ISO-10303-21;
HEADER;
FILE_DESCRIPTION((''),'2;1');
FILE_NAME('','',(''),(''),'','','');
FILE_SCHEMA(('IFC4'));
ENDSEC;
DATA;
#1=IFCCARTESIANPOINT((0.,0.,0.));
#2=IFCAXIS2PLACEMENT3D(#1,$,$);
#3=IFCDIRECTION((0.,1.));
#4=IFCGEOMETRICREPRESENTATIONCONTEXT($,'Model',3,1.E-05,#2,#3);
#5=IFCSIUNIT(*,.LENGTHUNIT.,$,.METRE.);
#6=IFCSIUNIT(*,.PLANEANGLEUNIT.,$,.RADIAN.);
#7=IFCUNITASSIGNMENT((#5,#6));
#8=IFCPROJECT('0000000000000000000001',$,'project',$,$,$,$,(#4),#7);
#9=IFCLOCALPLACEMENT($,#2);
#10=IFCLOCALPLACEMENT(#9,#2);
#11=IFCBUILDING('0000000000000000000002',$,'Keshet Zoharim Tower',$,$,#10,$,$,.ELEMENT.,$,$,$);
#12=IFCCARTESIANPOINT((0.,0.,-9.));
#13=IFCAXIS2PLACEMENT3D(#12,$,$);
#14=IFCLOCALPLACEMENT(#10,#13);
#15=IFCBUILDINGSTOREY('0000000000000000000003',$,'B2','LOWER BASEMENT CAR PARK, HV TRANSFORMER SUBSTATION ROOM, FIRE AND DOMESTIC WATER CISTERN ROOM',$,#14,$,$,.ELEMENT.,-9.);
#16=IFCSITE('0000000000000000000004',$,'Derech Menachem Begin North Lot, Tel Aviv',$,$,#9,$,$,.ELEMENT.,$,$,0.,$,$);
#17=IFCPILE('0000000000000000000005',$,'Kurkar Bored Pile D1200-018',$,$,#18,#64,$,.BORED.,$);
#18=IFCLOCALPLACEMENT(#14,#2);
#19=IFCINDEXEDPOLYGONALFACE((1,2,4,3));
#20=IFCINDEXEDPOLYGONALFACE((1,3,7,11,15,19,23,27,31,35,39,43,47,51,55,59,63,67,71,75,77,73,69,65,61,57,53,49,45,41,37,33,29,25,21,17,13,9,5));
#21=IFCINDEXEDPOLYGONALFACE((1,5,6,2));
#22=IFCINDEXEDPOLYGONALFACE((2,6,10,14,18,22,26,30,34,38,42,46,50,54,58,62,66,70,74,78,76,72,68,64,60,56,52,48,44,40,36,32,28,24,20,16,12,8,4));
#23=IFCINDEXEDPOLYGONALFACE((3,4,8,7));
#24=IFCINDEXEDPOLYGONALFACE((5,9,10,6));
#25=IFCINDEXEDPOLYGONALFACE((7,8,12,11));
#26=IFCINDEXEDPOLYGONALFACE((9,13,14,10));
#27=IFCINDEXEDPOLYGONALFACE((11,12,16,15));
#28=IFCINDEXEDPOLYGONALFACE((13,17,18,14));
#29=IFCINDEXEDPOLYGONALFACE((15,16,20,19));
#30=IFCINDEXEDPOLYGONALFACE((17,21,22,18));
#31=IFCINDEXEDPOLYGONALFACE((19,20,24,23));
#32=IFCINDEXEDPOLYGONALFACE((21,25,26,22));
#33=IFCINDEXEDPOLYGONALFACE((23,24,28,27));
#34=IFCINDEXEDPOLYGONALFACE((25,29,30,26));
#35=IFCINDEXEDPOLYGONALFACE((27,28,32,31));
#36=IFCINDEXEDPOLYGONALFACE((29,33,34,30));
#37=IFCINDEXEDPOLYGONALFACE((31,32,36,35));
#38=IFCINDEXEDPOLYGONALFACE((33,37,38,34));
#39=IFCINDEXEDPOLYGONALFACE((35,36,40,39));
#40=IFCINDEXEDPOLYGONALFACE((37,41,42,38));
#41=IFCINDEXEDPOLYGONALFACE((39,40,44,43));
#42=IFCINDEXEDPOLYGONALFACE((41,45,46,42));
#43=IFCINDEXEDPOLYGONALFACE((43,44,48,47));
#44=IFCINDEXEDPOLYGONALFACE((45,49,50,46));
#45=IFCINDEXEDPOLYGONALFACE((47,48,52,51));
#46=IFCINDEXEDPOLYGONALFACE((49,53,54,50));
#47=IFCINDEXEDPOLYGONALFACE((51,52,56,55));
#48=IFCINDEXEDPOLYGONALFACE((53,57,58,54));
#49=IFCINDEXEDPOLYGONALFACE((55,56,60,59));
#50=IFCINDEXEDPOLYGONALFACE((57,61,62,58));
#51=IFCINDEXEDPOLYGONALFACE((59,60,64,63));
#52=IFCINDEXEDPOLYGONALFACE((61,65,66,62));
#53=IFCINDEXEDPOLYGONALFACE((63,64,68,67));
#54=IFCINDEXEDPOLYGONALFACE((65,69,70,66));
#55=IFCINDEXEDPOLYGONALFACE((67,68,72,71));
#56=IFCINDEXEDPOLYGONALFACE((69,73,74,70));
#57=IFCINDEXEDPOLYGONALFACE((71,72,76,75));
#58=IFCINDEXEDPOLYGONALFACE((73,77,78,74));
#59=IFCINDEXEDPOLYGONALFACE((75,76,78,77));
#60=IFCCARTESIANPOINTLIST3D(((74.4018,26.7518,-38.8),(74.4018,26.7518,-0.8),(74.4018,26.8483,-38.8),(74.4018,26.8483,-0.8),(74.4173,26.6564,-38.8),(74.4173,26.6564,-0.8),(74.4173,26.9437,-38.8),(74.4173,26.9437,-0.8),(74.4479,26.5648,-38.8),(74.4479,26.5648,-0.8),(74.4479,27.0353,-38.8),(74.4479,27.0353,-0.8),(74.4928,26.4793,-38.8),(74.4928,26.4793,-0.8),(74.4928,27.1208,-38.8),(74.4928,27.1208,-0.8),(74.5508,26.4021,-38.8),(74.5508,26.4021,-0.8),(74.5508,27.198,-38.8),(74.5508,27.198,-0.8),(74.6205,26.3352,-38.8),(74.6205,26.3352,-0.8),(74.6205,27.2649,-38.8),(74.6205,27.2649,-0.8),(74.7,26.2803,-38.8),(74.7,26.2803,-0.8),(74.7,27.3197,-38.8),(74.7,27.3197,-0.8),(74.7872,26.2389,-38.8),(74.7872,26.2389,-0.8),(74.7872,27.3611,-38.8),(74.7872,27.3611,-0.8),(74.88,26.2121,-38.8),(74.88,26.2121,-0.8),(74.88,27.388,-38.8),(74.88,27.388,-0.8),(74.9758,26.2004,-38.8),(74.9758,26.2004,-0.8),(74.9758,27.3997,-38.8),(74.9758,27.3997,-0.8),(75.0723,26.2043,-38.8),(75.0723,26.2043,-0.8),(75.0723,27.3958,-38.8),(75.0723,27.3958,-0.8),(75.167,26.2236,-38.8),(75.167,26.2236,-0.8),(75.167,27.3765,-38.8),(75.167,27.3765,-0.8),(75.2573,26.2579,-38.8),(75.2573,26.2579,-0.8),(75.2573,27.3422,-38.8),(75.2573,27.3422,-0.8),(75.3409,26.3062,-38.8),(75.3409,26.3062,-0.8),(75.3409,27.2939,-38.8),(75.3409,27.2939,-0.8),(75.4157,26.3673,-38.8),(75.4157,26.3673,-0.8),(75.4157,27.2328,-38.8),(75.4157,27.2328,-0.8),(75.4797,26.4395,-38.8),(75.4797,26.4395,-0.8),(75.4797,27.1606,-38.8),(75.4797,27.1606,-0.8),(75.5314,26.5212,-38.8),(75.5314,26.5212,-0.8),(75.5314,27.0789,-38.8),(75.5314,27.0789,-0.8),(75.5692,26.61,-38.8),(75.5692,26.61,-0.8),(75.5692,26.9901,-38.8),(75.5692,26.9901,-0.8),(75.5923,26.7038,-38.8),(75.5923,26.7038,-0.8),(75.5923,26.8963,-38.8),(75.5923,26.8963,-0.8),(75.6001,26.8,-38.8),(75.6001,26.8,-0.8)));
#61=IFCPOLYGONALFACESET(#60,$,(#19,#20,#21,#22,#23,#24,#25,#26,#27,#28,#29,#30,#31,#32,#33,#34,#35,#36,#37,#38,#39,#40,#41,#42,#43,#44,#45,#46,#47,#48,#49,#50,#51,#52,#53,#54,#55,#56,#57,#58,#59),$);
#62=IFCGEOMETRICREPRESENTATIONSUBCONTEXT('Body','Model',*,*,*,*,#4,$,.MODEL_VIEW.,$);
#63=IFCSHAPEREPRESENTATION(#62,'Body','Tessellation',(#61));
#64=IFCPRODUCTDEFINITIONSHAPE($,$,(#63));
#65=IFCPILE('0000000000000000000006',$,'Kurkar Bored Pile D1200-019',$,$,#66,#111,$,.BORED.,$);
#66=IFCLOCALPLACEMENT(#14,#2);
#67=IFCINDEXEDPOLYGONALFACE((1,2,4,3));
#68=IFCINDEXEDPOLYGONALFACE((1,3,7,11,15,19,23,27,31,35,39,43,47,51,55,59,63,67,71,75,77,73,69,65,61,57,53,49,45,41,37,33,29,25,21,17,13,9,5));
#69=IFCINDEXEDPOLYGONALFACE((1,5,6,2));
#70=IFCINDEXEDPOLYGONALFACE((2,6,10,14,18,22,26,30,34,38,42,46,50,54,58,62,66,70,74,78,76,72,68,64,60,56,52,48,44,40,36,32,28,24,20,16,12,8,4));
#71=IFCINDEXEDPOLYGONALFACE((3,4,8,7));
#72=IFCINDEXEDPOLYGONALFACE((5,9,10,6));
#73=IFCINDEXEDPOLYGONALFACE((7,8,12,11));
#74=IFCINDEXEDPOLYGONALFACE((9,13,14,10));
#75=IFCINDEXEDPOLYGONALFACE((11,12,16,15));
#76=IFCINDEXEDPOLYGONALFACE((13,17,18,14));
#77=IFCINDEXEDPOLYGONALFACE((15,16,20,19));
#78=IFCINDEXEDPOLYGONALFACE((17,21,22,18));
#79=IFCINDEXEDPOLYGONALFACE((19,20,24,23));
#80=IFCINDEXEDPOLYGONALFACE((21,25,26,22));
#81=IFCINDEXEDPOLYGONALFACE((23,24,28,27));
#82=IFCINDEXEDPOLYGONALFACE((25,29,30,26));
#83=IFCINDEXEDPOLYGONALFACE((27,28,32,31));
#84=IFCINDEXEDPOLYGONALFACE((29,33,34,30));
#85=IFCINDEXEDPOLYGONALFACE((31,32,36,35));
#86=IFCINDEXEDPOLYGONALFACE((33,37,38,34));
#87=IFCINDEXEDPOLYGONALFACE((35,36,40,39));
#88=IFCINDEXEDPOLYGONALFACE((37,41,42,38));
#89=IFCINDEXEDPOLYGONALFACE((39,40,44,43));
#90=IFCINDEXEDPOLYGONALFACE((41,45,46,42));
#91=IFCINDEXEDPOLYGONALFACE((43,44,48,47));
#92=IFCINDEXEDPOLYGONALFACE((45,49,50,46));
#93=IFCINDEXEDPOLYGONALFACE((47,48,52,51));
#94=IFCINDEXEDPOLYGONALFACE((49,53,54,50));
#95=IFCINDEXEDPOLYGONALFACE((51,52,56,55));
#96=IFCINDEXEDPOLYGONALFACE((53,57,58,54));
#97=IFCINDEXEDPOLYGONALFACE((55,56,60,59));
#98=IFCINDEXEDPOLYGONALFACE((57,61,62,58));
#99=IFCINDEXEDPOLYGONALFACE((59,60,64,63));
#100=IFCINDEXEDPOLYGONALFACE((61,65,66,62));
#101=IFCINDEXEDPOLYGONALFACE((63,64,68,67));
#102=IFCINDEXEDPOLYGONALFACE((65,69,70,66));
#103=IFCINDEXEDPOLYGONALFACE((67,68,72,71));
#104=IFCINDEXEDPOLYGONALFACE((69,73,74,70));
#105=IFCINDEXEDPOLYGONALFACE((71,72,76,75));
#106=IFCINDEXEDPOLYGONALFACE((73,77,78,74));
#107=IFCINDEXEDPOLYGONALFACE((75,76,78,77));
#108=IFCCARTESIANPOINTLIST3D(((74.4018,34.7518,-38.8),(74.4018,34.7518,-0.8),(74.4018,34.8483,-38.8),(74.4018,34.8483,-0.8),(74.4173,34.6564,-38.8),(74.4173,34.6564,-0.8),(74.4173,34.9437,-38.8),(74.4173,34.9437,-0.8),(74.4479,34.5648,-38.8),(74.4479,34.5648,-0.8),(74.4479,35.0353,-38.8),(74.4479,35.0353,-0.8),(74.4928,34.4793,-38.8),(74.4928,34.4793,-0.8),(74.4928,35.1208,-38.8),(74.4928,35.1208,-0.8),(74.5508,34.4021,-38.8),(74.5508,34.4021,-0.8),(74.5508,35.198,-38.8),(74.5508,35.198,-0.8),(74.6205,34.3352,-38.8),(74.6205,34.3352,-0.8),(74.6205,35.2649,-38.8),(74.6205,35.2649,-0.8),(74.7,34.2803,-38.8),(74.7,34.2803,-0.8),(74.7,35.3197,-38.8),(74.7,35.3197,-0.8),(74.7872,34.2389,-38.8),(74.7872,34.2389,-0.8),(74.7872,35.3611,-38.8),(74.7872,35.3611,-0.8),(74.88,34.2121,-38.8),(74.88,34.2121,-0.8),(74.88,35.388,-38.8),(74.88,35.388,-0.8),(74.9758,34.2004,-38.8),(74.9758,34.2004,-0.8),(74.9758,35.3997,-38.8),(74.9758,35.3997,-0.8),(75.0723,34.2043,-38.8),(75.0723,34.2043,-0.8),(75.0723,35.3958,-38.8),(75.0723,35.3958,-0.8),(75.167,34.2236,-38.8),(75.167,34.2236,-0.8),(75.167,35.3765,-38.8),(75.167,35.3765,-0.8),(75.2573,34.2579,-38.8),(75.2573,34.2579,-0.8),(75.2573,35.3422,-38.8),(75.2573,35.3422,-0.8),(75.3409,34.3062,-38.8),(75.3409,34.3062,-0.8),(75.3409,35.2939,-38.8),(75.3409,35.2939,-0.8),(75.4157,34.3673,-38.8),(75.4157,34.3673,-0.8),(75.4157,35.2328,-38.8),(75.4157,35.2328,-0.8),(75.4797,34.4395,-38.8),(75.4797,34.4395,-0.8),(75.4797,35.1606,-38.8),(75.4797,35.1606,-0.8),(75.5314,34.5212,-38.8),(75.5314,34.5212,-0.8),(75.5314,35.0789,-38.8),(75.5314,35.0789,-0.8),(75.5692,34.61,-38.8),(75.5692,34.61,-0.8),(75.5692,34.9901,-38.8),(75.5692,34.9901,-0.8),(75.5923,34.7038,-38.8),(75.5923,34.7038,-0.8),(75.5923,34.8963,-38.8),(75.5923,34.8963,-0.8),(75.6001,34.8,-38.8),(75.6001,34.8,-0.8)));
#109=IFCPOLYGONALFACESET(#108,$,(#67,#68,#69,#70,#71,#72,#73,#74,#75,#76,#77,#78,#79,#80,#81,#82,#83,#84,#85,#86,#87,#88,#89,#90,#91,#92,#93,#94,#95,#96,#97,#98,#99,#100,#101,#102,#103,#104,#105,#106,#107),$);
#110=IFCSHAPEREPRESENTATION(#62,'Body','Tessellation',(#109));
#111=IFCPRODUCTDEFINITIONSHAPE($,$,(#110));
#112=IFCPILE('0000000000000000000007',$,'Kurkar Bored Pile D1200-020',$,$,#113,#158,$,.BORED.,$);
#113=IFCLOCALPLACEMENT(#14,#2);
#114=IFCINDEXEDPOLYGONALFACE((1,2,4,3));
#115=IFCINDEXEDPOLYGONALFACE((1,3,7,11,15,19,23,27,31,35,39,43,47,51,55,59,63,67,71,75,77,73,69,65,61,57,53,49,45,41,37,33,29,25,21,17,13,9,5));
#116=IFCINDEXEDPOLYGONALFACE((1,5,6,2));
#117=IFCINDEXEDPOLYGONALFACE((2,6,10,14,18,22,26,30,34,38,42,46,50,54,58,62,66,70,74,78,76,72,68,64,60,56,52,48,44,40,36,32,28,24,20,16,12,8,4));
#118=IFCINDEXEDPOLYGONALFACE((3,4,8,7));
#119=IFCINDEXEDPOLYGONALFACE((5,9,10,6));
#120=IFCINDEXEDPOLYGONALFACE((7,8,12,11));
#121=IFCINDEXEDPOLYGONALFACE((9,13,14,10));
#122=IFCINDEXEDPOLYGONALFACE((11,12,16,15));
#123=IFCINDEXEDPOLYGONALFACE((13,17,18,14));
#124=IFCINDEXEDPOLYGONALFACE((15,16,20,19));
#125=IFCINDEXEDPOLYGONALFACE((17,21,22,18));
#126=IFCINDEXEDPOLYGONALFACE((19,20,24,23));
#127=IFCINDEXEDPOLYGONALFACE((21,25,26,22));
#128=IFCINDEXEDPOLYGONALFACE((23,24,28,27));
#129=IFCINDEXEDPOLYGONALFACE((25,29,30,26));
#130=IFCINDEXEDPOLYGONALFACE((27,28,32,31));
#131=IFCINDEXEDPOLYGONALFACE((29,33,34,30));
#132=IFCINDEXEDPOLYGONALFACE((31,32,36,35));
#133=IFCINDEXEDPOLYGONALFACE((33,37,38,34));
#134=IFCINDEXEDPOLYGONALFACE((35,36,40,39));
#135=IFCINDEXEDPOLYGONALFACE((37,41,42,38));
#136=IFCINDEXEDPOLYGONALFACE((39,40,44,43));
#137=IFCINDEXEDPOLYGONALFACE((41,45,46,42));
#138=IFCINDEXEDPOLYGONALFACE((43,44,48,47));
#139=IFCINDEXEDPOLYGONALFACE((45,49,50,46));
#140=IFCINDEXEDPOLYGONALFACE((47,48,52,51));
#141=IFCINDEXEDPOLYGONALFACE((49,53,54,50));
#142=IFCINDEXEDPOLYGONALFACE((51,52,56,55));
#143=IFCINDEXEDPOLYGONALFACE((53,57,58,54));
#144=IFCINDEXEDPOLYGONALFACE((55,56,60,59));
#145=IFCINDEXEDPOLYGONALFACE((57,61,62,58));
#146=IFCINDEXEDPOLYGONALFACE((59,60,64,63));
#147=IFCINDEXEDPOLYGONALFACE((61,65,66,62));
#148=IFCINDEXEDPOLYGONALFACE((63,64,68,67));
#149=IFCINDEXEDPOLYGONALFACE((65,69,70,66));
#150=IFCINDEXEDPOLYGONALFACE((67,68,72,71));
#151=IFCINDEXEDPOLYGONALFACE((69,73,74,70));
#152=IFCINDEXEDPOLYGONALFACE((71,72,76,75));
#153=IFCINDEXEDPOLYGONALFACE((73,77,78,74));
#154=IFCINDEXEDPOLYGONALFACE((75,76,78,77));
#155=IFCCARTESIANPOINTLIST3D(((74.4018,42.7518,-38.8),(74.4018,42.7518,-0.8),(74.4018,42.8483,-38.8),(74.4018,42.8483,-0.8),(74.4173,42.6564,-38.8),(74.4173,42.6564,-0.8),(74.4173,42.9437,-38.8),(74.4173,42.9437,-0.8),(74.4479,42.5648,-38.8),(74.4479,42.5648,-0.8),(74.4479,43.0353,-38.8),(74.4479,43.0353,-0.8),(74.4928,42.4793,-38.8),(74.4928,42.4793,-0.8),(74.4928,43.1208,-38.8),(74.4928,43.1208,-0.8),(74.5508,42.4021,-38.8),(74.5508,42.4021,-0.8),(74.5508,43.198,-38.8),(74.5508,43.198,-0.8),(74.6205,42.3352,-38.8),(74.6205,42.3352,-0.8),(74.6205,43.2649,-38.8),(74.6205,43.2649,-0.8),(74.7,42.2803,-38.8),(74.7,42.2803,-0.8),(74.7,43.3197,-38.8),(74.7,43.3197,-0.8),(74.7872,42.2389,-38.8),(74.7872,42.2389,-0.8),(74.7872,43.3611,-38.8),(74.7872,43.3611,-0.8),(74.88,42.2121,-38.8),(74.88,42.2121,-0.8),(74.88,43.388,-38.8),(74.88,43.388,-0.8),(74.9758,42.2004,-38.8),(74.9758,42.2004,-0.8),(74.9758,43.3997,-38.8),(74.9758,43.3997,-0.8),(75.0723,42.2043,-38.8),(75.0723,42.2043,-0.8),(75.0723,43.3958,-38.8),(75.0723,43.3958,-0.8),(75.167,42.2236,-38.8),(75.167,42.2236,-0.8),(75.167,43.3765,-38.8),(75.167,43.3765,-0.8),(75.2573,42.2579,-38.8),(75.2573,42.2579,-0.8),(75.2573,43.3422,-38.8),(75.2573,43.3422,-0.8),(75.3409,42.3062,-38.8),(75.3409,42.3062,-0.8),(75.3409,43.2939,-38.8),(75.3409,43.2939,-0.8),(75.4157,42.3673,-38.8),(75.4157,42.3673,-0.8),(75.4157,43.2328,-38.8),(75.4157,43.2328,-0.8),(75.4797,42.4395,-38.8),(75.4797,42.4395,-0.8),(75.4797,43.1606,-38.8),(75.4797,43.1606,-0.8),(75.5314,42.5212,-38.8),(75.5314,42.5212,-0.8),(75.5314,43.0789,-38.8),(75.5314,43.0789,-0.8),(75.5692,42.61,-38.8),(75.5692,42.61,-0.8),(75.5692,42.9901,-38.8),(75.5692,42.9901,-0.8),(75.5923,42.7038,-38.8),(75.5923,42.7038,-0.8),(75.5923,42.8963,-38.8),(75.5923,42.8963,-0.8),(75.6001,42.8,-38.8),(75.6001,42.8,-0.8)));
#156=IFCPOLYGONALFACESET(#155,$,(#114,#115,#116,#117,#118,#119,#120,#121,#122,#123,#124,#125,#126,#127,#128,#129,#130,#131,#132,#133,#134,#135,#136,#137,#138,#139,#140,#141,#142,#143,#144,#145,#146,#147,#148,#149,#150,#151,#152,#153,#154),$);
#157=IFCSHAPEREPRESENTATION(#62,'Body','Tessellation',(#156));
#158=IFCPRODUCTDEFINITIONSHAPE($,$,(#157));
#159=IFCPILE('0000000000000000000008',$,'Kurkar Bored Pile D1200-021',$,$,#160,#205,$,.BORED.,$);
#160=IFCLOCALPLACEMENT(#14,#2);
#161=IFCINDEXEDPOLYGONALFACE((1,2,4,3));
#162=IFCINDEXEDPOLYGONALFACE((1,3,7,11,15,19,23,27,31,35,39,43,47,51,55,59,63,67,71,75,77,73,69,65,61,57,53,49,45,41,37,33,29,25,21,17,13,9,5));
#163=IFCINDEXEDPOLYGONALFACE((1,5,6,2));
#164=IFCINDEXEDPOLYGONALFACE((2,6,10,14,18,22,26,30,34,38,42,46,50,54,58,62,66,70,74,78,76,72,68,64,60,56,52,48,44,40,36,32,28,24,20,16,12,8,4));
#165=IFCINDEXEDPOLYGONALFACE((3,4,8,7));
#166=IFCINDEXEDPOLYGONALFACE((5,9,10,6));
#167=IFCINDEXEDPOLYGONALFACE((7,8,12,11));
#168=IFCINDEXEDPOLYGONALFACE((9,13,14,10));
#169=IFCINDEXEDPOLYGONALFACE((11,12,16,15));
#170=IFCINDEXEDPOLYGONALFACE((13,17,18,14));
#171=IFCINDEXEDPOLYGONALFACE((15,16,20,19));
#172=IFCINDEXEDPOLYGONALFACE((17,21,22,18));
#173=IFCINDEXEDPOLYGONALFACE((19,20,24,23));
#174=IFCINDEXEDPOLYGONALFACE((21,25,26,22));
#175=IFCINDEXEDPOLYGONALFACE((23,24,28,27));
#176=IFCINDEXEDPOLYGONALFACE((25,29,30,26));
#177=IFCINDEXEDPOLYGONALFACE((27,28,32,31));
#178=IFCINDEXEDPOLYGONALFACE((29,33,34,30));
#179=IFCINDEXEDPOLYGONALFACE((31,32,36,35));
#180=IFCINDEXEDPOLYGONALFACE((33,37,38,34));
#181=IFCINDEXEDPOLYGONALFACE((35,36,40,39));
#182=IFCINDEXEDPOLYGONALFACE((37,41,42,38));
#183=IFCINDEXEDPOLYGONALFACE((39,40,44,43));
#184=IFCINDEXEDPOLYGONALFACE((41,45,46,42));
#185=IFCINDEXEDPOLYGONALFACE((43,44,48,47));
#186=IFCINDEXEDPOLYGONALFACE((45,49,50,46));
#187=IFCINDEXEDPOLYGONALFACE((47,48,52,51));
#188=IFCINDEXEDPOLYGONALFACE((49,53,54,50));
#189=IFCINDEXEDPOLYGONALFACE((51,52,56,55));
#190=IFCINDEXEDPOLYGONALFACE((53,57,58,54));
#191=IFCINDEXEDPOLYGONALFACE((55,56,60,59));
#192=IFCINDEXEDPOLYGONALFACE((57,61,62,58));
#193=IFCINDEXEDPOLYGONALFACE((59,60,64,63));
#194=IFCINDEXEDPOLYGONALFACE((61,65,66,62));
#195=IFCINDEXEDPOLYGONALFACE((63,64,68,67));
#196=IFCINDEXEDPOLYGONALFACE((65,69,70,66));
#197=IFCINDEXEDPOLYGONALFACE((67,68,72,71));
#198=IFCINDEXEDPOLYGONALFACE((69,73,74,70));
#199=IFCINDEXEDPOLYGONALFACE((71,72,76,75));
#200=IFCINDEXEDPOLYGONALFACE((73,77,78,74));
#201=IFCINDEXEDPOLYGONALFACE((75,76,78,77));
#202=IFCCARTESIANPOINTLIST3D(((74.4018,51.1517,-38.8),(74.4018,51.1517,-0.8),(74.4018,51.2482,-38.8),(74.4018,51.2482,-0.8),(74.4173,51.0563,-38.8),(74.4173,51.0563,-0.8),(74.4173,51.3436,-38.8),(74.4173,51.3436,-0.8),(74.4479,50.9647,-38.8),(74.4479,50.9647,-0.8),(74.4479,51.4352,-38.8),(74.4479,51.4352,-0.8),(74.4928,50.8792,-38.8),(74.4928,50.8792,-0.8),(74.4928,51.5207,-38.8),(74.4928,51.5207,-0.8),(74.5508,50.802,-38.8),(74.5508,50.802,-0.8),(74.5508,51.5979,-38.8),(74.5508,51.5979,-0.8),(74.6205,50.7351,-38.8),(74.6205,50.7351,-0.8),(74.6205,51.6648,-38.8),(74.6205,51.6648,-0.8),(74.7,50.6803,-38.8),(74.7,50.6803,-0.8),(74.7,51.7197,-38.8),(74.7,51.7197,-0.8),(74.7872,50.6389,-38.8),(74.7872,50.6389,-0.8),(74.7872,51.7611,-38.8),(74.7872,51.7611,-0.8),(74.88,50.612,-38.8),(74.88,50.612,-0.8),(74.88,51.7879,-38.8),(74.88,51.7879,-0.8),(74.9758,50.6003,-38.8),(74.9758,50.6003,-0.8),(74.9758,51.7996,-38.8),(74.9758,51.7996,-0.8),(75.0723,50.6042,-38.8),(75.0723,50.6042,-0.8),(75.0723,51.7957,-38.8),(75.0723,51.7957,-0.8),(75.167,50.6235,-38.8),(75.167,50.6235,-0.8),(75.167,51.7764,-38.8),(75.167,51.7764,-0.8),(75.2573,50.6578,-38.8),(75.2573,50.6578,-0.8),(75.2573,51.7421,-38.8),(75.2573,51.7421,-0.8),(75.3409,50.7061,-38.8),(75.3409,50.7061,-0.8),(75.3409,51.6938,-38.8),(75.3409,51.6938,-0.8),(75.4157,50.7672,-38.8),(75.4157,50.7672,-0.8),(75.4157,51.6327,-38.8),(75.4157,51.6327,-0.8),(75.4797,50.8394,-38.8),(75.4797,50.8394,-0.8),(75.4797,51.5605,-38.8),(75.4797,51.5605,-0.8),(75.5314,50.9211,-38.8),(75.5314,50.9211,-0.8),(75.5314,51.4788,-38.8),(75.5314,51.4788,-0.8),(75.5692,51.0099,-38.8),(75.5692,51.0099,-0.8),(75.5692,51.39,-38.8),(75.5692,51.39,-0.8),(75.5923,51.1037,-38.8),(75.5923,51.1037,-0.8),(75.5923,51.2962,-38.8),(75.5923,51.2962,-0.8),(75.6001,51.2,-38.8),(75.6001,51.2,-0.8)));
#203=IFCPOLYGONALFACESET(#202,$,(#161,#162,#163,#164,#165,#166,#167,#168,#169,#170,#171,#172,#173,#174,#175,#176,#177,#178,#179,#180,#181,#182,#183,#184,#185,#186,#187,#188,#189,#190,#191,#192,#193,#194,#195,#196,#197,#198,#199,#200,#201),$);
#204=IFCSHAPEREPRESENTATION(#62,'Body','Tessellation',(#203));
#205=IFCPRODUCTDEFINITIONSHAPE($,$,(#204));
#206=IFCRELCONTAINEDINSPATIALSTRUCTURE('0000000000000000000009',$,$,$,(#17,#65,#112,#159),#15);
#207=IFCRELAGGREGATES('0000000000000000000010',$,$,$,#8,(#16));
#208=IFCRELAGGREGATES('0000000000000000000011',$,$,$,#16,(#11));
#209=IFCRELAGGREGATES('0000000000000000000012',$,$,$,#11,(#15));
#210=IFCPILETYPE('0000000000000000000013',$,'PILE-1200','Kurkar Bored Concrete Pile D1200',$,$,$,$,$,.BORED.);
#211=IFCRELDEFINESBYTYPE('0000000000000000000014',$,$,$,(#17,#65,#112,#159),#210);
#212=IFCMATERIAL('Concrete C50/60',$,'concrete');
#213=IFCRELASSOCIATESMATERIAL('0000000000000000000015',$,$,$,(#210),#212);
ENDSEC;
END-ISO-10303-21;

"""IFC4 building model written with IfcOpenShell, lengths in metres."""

from ifc_helpers import new_model, si_unit, direction, frame, origin, origin_2d, place, context, subcontext, project, spatial, circle, extrude, material, material_profile, profile_set, type_object, element, save


model = new_model("IFC4")

# Units and contexts
model_context = context("Model", 3, precision=1e-05, world=origin(), true_north=direction((0.0, 1.0)))
body_context = subcontext(model_context, "Body", "Model", "MODEL_VIEW")
ifc_project = project(units=[si_unit("LENGTHUNIT", "METRE"), si_unit("PLANEANGLEUNIT", "RADIAN")], contexts=[model_context])

# Site, building, storey
site_placement = place(None, origin())
site = spatial("IfcSite", under=ifc_project, at=site_placement, Name="Derech Menachem Begin North Lot, Tel Aviv", CompositionType="ELEMENT", RefElevation=0.0)
building_placement = place(site_placement, origin())
building = spatial("IfcBuilding", under=site, at=building_placement, Name="Keshet Zoharim Tower", CompositionType="ELEMENT")
storey_placement = place(building_placement, frame((0.0, 0.0, -9.0)))
storey = spatial("IfcBuildingStorey", under=building, at=storey_placement, Name="B2", Description="LOWER BASEMENT CAR PARK, HV TRANSFORMER SUBSTATION ROOM, FIRE AND DOMESTIC WATER CISTERN ROOM", CompositionType="ELEMENT", Elevation=-9.0)

# Piles
ifc_material_1 = material(Name="Concrete C50/60", Category="concrete")
ifc_material_profile_1 = material_profile(ifc_material_1, circle(Radius=0.6001, at=origin_2d()), Name="PILE-D1200")
ifc_profile_set_1 = profile_set([ifc_material_profile_1], Name="Concrete C50/60")
pile_type = type_object("IfcPileType", Name="PILE-1200", Description="Kurkar Bored Concrete Pile D1200", PredefinedType="BORED", material=ifc_profile_set_1)
for number, where, z_axis, x_axis, name in (
    (1, (75.0, 26.8, -0.8), (0.0, 0.0, -1.0), (1.0, 0.0, 0.0), "Kurkar Bored Pile D1200-018"),
    (2, (75.0, 34.8, -0.8), (0.0, 0.0, -1.0), (1.0, 0.0, 0.0), "Kurkar Bored Pile D1200-019"),
    (3, (75.0, 42.8, -0.8), (0.0, 0.0, -1.0), (1.0, 0.0, 0.0), "Kurkar Bored Pile D1200-020"),
    (4, (75.0, 51.2, -0.8), (0.0, 0.0, -1.0), (1.0, 0.0, 0.0), "Kurkar Bored Pile D1200-021"),
):
    element("IfcPile", number, at=place(storey_placement, frame(where, z_axis=z_axis, x_axis=x_axis)), inside=storey, type_object=pile_type, Name=name, PredefinedType="BORED", context=body_context, shape_type="SweptSolid", body=[
        extrude(circle(Radius=0.6001, at=origin_2d()), origin(), (0.0, 0.0, 1.0), 38.0),
    ])

save(model, "model.ifc")
